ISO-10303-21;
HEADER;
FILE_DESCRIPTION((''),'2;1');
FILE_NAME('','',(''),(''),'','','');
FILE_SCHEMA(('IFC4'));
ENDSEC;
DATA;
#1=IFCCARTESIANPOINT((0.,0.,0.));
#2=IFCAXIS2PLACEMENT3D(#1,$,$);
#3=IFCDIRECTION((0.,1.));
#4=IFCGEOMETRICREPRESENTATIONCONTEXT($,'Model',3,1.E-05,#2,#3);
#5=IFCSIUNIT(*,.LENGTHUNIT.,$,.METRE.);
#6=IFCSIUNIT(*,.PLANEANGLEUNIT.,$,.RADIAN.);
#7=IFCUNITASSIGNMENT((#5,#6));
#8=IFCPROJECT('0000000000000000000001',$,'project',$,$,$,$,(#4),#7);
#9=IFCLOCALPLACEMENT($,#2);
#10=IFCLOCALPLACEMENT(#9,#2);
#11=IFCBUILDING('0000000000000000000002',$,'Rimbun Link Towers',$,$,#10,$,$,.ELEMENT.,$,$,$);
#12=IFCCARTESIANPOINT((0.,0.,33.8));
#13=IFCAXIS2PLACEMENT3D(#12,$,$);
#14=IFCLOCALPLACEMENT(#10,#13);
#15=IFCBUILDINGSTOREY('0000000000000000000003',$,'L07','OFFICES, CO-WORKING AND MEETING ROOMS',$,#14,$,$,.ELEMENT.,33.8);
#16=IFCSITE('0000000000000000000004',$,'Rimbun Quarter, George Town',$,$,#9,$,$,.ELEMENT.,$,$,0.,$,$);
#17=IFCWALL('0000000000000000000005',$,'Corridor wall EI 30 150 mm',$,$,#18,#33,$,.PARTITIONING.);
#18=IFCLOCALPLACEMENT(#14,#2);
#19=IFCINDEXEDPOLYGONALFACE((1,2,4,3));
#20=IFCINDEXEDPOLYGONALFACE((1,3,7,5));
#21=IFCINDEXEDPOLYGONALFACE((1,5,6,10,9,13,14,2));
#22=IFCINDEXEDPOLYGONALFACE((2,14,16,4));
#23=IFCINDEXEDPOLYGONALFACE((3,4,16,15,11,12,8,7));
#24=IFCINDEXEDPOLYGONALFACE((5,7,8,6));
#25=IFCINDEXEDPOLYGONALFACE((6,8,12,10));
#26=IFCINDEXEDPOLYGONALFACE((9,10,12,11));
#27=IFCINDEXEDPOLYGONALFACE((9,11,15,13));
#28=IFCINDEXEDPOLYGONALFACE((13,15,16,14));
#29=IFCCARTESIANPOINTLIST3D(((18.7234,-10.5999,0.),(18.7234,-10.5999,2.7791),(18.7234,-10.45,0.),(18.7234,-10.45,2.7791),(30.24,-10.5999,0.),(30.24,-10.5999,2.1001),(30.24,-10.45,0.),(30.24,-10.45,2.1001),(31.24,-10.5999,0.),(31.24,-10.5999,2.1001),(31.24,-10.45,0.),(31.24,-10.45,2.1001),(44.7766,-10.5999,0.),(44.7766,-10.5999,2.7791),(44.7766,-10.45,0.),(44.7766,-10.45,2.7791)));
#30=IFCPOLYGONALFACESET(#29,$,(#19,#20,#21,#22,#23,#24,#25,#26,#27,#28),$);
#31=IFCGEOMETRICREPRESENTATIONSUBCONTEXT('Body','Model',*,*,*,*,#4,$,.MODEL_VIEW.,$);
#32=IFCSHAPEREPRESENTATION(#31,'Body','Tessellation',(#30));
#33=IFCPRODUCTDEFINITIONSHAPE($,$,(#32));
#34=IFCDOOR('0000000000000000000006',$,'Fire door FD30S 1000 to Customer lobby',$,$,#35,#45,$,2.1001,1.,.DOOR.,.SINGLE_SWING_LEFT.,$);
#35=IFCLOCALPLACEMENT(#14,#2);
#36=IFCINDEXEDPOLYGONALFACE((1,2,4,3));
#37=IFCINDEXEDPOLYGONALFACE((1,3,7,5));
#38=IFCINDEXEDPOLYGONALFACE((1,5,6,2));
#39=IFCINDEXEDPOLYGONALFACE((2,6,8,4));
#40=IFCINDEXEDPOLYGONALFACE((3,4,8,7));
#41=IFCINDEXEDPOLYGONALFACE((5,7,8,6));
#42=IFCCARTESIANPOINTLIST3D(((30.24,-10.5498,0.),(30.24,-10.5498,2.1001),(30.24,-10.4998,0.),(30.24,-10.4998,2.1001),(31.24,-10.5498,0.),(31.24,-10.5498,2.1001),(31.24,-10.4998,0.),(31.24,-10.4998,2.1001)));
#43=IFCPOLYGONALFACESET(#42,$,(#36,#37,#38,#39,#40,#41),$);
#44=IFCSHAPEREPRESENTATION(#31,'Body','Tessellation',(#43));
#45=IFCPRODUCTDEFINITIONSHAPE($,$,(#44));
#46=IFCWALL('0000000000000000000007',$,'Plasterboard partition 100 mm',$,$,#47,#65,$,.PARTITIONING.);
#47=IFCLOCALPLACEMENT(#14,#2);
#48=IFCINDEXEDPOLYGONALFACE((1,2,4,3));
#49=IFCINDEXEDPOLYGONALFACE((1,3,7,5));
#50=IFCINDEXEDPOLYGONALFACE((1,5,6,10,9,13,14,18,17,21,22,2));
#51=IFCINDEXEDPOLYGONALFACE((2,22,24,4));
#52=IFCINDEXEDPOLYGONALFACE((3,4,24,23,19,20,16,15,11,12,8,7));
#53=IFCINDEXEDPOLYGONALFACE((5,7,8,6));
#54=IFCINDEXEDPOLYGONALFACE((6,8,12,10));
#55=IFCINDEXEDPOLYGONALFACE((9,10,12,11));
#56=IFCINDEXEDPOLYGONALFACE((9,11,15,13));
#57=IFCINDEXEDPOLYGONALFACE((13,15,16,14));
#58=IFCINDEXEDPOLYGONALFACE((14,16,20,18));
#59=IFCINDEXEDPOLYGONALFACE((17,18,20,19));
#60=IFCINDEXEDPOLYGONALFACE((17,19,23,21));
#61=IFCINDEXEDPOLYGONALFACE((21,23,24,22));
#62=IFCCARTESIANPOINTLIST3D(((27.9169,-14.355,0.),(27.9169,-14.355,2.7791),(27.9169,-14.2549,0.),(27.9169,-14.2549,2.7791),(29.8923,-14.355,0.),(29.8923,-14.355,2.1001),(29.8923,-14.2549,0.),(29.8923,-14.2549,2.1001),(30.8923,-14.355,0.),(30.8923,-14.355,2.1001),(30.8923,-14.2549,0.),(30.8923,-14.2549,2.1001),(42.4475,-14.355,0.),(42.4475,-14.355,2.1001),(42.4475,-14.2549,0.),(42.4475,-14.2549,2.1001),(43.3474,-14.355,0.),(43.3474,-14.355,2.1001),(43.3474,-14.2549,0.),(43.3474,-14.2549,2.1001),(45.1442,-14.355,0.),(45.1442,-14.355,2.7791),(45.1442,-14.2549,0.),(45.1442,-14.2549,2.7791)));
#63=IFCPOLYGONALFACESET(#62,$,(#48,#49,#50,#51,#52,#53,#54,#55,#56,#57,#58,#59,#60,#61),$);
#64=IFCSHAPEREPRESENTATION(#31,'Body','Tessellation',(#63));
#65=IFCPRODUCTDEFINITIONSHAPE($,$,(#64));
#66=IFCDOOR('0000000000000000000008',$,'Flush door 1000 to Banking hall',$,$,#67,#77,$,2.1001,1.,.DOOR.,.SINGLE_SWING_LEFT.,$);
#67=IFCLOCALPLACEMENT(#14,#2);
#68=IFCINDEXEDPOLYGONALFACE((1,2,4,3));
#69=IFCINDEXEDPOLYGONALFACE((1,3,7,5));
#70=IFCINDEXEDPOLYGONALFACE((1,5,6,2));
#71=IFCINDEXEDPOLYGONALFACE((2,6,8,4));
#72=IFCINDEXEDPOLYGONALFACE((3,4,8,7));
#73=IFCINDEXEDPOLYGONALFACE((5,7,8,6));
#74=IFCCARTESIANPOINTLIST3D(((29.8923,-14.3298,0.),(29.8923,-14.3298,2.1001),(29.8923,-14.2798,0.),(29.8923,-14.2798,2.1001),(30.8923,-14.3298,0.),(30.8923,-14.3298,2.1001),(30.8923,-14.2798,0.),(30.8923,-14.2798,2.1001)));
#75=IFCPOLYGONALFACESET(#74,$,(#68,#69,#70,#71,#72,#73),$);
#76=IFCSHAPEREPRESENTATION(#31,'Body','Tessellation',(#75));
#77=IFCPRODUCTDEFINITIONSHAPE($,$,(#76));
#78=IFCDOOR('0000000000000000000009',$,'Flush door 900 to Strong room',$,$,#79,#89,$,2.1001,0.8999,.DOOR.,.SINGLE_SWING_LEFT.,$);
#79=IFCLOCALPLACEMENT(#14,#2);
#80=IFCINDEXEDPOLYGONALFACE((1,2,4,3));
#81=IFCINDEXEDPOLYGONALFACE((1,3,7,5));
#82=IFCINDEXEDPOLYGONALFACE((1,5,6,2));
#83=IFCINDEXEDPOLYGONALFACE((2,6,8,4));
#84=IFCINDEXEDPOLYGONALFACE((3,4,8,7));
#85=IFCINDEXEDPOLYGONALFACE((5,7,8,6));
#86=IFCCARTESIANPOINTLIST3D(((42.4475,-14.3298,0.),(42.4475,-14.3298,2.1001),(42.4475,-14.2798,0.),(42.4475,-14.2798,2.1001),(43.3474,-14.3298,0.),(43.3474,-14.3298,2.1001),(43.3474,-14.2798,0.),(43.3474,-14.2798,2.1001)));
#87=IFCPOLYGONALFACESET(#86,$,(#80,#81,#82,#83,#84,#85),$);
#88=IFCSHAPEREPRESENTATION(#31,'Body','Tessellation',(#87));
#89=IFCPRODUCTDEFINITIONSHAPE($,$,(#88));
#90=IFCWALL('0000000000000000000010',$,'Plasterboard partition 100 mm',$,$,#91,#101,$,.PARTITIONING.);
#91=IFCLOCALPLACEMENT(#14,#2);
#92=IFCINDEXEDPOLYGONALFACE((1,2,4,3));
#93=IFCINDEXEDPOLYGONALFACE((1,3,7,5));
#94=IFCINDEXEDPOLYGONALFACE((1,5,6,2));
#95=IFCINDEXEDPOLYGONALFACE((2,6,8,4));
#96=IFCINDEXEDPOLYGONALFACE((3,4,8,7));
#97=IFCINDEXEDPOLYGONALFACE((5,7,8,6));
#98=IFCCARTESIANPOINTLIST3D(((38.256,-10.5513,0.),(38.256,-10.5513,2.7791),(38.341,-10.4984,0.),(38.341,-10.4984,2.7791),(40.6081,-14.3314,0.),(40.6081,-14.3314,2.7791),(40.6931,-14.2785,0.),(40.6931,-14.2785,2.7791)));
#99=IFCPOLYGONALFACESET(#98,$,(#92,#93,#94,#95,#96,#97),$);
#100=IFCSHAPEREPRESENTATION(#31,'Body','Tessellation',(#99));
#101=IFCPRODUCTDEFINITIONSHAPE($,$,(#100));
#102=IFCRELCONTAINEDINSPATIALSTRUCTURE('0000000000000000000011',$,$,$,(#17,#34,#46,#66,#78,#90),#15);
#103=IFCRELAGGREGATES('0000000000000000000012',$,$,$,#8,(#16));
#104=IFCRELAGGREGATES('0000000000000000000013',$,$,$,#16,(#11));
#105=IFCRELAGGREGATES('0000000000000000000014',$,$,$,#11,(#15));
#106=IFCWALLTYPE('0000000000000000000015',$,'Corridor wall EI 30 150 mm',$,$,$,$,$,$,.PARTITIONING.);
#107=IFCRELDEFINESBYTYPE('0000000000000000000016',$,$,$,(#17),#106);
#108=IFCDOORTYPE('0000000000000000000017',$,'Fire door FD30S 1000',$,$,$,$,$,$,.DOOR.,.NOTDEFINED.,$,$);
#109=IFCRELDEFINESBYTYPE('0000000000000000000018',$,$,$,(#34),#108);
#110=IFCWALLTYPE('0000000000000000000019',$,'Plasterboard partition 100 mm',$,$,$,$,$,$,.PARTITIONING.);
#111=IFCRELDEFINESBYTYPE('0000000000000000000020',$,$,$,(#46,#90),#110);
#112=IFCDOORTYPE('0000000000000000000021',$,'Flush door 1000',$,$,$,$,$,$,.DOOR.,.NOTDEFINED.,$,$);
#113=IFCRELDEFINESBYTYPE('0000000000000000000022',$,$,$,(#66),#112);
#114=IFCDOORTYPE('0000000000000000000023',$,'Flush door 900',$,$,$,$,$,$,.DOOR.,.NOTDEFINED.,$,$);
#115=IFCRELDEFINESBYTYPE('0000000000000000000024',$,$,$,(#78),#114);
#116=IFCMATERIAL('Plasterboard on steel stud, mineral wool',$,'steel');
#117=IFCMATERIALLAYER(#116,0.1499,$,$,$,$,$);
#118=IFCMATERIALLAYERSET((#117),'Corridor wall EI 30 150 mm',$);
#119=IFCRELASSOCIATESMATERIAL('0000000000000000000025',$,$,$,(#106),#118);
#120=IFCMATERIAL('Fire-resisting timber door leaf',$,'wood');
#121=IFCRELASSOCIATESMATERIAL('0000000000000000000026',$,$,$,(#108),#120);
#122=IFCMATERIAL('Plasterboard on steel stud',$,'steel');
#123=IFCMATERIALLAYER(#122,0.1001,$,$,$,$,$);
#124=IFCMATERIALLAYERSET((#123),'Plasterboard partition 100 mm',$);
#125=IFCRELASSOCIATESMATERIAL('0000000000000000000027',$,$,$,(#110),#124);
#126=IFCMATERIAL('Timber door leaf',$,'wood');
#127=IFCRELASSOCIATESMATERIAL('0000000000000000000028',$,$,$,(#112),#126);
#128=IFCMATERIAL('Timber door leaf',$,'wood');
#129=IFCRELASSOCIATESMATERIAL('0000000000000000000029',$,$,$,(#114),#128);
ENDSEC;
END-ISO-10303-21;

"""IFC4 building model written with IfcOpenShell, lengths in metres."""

from ifc_helpers import new_model, si_unit, direction, frame, frame_2d, origin, place, context, subcontext, project, spatial, rectangle, extrude, material, layer, layer_set, type_object, element, fill, save


model = new_model("IFC4")

# Units and contexts
model_context = context("Model", 3, precision=1e-05, world=origin(), true_north=direction((0.0, 1.0)))
body_context = subcontext(model_context, "Body", "Model", "MODEL_VIEW")
ifc_project = project(units=[si_unit("LENGTHUNIT", "METRE"), si_unit("PLANEANGLEUNIT", "RADIAN")], contexts=[model_context])

# Site, building, storey
site_placement = place(None, origin())
site = spatial("IfcSite", under=ifc_project, at=site_placement, Name="Rimbun Quarter, George Town", CompositionType="ELEMENT", RefElevation=0.0)
building_placement = place(site_placement, origin())
building = spatial("IfcBuilding", under=site, at=building_placement, Name="Rimbun Link Towers", CompositionType="ELEMENT")
storey_placement = place(building_placement, frame((0.0, 0.0, 33.8)))
storey = spatial("IfcBuildingStorey", under=building, at=storey_placement, Name="L07", Description="OFFICES, CO-WORKING AND MEETING ROOMS", CompositionType="ELEMENT", Elevation=33.8)

# Shared definitions
ifc_material_1 = material(Name="Plasterboard on steel stud, mineral wool", Category="steel")
ifc_layer_1 = layer(ifc_material_1, 0.1499)
ifc_layer_set_1 = layer_set([ifc_layer_1], Name="Corridor wall EI 30 150 mm")
wall_type_1 = type_object("IfcWallType", Name="Corridor wall EI 30 150 mm", PredefinedType="PARTITIONING", material=ifc_layer_set_1)

# Wall, opening, door
wall_1_placement = place(storey_placement, frame((44.7766, -10.5249, 0.0), z_axis=(0.0, 0.0, 1.0), x_axis=(-1.0, 0.0, 0.0)))
wall_1 = element("IfcWall", 1, at=wall_1_placement, inside=storey, type_object=wall_type_1, Name="Corridor wall EI 30 150 mm", PredefinedType="PARTITIONING", context=body_context, shape_type="SweptSolid", body=[
    extrude(rectangle(XDim=26.0532, YDim=0.1499, at=frame_2d((13.0266, 0.0))), origin(), (0.0, 0.0, 1.0), 2.7791),
])
opening_1_placement = place(wall_1_placement, frame((13.5366, 0.0, 0.0)))
opening_1 = element("IfcOpeningElement", 2, at=opening_1_placement, cuts=wall_1, PredefinedType="OPENING", context=body_context, shape_type="SweptSolid", body=[
    extrude(rectangle(XDim=1.0, YDim=2.1001, at=frame_2d((0.5, 1.05))), frame((0.0, 0.085, 0.0), z_axis=(0.0, -1.0, 0.0), x_axis=(1.0, 0.0, 0.0)), (0.0, 0.0, 1.0), 0.1699),
])
ifc_material_2 = material(Name="Fire-resisting timber door leaf", Category="wood")
door_type_1 = type_object("IfcDoorType", Name="Fire door FD30S 1000", OperationType="NOTDEFINED", PredefinedType="DOOR", material=ifc_material_2)
door_1_placement = place(opening_1_placement, origin())
door_1 = element("IfcDoor", 3, at=door_1_placement, inside=storey, type_object=door_type_1, Name="Fire door FD30S 1000 to Customer lobby", OperationType="SINGLE_SWING_LEFT", OverallHeight=2.1001, OverallWidth=1.0, PredefinedType="DOOR", context=body_context, shape_type="SweptSolid", body=[
    extrude(rectangle(XDim=1.0, YDim=2.1001, at=frame_2d((0.5, 1.05))), frame((0.0, 0.0249, 0.0), z_axis=(0.0, -1.0, 0.0), x_axis=(1.0, 0.0, 0.0)), (0.0, 0.0, 1.0), 0.05),
])
fill(opening_1, door_1)

# Wall, openings, doors
ifc_material_3 = material(Name="Plasterboard on steel stud", Category="steel")
ifc_layer_2 = layer(ifc_material_3, 0.1001)
ifc_layer_set_2 = layer_set([ifc_layer_2], Name="Plasterboard partition 100 mm")
wall_type_2 = type_object("IfcWallType", Name="Plasterboard partition 100 mm", PredefinedType="PARTITIONING", material=ifc_layer_set_2)
wall_2_placement = place(storey_placement, frame((45.1443, -14.3049, 0.0), z_axis=(0.0, 0.0, 1.0), x_axis=(-1.0, 0.0, 0.0)))
wall_2 = element("IfcWall", 4, at=wall_2_placement, inside=storey, type_object=wall_type_2, Name="Plasterboard partition 100 mm", PredefinedType="PARTITIONING", context=body_context, shape_type="SweptSolid", body=[
    extrude(rectangle(XDim=17.2273, YDim=0.1001, at=frame_2d((8.6138, 0.0))), origin(), (0.0, 0.0, 1.0), 2.7791),
])
opening_2_placement = place(wall_2_placement, frame((14.252, 0.0, 0.0)))
opening_2 = element("IfcOpeningElement", 5, at=opening_2_placement, cuts=wall_2, PredefinedType="OPENING", context=body_context, shape_type="SweptSolid", body=[
    extrude(rectangle(XDim=1.0, YDim=2.1001, at=frame_2d((0.5, 1.05))), frame((0.0, 0.0601, 0.0), z_axis=(0.0, -1.0, 0.0), x_axis=(1.0, 0.0, 0.0)), (0.0, 0.0, 1.0), 0.1201),
])
opening_3_placement = place(wall_2_placement, frame((1.7969, 0.0, 0.0)))
opening_3 = element("IfcOpeningElement", 6, at=opening_3_placement, cuts=wall_2, PredefinedType="OPENING", context=body_context, shape_type="SweptSolid", body=[
    extrude(rectangle(XDim=0.8999, YDim=2.1001, at=frame_2d((0.45, 1.05))), frame((0.0, 0.0601, 0.0), z_axis=(0.0, -1.0, 0.0), x_axis=(1.0, 0.0, 0.0)), (0.0, 0.0, 1.0), 0.1201),
])
ifc_material_4 = material(Name="Timber door leaf", Category="wood")
door_type_2 = type_object("IfcDoorType", Name="Flush door 1000", OperationType="NOTDEFINED", PredefinedType="DOOR", material=ifc_material_4)
door_2_placement = place(opening_2_placement, origin())
door_2 = element("IfcDoor", 7, at=door_2_placement, inside=storey, type_object=door_type_2, Name="Flush door 1000 to Banking hall", OperationType="SINGLE_SWING_LEFT", OverallHeight=2.1001, OverallWidth=1.0, PredefinedType="DOOR", context=body_context, shape_type="SweptSolid", body=[
    extrude(rectangle(XDim=1.0, YDim=2.1001, at=frame_2d((0.5, 1.05))), frame((0.0, 0.0249, 0.0), z_axis=(0.0, -1.0, 0.0), x_axis=(1.0, 0.0, 0.0)), (0.0, 0.0, 1.0), 0.05),
])
fill(opening_2, door_2)
ifc_material_5 = material(Name="Timber door leaf", Category="wood")
door_type_3 = type_object("IfcDoorType", Name="Flush door 900", OperationType="NOTDEFINED", PredefinedType="DOOR", material=ifc_material_5)
door_3_placement = place(opening_3_placement, origin())
door_3 = element("IfcDoor", 8, at=door_3_placement, inside=storey, type_object=door_type_3, Name="Flush door 900 to Strong room", OperationType="SINGLE_SWING_LEFT", OverallHeight=2.1001, OverallWidth=0.8999, PredefinedType="DOOR", context=body_context, shape_type="SweptSolid", body=[
    extrude(rectangle(XDim=0.8999, YDim=2.1001, at=frame_2d((0.45, 1.05))), frame((0.0, 0.0249, 0.0), z_axis=(0.0, -1.0, 0.0), x_axis=(1.0, 0.0, 0.0)), (0.0, 0.0, 1.0), 0.05),
])
fill(opening_3, door_3)

# Wall
wall_3_placement = place(storey_placement, frame((40.6506, -14.3049, 0.0), z_axis=(0.0, 0.0, 1.0), x_axis=(-0.528307, 0.849053, 0.0)))
element("IfcWall", 9, at=wall_3_placement, inside=storey, type_object=wall_type_2, Name="Plasterboard partition 100 mm", PredefinedType="PARTITIONING", context=body_context, shape_type="SweptSolid", body=[
    extrude(rectangle(XDim=4.4521, YDim=0.1001, at=frame_2d((2.2261, 0.0))), origin(), (0.0, 0.0, 1.0), 2.7791),
])

save(model, "model.ifc")
